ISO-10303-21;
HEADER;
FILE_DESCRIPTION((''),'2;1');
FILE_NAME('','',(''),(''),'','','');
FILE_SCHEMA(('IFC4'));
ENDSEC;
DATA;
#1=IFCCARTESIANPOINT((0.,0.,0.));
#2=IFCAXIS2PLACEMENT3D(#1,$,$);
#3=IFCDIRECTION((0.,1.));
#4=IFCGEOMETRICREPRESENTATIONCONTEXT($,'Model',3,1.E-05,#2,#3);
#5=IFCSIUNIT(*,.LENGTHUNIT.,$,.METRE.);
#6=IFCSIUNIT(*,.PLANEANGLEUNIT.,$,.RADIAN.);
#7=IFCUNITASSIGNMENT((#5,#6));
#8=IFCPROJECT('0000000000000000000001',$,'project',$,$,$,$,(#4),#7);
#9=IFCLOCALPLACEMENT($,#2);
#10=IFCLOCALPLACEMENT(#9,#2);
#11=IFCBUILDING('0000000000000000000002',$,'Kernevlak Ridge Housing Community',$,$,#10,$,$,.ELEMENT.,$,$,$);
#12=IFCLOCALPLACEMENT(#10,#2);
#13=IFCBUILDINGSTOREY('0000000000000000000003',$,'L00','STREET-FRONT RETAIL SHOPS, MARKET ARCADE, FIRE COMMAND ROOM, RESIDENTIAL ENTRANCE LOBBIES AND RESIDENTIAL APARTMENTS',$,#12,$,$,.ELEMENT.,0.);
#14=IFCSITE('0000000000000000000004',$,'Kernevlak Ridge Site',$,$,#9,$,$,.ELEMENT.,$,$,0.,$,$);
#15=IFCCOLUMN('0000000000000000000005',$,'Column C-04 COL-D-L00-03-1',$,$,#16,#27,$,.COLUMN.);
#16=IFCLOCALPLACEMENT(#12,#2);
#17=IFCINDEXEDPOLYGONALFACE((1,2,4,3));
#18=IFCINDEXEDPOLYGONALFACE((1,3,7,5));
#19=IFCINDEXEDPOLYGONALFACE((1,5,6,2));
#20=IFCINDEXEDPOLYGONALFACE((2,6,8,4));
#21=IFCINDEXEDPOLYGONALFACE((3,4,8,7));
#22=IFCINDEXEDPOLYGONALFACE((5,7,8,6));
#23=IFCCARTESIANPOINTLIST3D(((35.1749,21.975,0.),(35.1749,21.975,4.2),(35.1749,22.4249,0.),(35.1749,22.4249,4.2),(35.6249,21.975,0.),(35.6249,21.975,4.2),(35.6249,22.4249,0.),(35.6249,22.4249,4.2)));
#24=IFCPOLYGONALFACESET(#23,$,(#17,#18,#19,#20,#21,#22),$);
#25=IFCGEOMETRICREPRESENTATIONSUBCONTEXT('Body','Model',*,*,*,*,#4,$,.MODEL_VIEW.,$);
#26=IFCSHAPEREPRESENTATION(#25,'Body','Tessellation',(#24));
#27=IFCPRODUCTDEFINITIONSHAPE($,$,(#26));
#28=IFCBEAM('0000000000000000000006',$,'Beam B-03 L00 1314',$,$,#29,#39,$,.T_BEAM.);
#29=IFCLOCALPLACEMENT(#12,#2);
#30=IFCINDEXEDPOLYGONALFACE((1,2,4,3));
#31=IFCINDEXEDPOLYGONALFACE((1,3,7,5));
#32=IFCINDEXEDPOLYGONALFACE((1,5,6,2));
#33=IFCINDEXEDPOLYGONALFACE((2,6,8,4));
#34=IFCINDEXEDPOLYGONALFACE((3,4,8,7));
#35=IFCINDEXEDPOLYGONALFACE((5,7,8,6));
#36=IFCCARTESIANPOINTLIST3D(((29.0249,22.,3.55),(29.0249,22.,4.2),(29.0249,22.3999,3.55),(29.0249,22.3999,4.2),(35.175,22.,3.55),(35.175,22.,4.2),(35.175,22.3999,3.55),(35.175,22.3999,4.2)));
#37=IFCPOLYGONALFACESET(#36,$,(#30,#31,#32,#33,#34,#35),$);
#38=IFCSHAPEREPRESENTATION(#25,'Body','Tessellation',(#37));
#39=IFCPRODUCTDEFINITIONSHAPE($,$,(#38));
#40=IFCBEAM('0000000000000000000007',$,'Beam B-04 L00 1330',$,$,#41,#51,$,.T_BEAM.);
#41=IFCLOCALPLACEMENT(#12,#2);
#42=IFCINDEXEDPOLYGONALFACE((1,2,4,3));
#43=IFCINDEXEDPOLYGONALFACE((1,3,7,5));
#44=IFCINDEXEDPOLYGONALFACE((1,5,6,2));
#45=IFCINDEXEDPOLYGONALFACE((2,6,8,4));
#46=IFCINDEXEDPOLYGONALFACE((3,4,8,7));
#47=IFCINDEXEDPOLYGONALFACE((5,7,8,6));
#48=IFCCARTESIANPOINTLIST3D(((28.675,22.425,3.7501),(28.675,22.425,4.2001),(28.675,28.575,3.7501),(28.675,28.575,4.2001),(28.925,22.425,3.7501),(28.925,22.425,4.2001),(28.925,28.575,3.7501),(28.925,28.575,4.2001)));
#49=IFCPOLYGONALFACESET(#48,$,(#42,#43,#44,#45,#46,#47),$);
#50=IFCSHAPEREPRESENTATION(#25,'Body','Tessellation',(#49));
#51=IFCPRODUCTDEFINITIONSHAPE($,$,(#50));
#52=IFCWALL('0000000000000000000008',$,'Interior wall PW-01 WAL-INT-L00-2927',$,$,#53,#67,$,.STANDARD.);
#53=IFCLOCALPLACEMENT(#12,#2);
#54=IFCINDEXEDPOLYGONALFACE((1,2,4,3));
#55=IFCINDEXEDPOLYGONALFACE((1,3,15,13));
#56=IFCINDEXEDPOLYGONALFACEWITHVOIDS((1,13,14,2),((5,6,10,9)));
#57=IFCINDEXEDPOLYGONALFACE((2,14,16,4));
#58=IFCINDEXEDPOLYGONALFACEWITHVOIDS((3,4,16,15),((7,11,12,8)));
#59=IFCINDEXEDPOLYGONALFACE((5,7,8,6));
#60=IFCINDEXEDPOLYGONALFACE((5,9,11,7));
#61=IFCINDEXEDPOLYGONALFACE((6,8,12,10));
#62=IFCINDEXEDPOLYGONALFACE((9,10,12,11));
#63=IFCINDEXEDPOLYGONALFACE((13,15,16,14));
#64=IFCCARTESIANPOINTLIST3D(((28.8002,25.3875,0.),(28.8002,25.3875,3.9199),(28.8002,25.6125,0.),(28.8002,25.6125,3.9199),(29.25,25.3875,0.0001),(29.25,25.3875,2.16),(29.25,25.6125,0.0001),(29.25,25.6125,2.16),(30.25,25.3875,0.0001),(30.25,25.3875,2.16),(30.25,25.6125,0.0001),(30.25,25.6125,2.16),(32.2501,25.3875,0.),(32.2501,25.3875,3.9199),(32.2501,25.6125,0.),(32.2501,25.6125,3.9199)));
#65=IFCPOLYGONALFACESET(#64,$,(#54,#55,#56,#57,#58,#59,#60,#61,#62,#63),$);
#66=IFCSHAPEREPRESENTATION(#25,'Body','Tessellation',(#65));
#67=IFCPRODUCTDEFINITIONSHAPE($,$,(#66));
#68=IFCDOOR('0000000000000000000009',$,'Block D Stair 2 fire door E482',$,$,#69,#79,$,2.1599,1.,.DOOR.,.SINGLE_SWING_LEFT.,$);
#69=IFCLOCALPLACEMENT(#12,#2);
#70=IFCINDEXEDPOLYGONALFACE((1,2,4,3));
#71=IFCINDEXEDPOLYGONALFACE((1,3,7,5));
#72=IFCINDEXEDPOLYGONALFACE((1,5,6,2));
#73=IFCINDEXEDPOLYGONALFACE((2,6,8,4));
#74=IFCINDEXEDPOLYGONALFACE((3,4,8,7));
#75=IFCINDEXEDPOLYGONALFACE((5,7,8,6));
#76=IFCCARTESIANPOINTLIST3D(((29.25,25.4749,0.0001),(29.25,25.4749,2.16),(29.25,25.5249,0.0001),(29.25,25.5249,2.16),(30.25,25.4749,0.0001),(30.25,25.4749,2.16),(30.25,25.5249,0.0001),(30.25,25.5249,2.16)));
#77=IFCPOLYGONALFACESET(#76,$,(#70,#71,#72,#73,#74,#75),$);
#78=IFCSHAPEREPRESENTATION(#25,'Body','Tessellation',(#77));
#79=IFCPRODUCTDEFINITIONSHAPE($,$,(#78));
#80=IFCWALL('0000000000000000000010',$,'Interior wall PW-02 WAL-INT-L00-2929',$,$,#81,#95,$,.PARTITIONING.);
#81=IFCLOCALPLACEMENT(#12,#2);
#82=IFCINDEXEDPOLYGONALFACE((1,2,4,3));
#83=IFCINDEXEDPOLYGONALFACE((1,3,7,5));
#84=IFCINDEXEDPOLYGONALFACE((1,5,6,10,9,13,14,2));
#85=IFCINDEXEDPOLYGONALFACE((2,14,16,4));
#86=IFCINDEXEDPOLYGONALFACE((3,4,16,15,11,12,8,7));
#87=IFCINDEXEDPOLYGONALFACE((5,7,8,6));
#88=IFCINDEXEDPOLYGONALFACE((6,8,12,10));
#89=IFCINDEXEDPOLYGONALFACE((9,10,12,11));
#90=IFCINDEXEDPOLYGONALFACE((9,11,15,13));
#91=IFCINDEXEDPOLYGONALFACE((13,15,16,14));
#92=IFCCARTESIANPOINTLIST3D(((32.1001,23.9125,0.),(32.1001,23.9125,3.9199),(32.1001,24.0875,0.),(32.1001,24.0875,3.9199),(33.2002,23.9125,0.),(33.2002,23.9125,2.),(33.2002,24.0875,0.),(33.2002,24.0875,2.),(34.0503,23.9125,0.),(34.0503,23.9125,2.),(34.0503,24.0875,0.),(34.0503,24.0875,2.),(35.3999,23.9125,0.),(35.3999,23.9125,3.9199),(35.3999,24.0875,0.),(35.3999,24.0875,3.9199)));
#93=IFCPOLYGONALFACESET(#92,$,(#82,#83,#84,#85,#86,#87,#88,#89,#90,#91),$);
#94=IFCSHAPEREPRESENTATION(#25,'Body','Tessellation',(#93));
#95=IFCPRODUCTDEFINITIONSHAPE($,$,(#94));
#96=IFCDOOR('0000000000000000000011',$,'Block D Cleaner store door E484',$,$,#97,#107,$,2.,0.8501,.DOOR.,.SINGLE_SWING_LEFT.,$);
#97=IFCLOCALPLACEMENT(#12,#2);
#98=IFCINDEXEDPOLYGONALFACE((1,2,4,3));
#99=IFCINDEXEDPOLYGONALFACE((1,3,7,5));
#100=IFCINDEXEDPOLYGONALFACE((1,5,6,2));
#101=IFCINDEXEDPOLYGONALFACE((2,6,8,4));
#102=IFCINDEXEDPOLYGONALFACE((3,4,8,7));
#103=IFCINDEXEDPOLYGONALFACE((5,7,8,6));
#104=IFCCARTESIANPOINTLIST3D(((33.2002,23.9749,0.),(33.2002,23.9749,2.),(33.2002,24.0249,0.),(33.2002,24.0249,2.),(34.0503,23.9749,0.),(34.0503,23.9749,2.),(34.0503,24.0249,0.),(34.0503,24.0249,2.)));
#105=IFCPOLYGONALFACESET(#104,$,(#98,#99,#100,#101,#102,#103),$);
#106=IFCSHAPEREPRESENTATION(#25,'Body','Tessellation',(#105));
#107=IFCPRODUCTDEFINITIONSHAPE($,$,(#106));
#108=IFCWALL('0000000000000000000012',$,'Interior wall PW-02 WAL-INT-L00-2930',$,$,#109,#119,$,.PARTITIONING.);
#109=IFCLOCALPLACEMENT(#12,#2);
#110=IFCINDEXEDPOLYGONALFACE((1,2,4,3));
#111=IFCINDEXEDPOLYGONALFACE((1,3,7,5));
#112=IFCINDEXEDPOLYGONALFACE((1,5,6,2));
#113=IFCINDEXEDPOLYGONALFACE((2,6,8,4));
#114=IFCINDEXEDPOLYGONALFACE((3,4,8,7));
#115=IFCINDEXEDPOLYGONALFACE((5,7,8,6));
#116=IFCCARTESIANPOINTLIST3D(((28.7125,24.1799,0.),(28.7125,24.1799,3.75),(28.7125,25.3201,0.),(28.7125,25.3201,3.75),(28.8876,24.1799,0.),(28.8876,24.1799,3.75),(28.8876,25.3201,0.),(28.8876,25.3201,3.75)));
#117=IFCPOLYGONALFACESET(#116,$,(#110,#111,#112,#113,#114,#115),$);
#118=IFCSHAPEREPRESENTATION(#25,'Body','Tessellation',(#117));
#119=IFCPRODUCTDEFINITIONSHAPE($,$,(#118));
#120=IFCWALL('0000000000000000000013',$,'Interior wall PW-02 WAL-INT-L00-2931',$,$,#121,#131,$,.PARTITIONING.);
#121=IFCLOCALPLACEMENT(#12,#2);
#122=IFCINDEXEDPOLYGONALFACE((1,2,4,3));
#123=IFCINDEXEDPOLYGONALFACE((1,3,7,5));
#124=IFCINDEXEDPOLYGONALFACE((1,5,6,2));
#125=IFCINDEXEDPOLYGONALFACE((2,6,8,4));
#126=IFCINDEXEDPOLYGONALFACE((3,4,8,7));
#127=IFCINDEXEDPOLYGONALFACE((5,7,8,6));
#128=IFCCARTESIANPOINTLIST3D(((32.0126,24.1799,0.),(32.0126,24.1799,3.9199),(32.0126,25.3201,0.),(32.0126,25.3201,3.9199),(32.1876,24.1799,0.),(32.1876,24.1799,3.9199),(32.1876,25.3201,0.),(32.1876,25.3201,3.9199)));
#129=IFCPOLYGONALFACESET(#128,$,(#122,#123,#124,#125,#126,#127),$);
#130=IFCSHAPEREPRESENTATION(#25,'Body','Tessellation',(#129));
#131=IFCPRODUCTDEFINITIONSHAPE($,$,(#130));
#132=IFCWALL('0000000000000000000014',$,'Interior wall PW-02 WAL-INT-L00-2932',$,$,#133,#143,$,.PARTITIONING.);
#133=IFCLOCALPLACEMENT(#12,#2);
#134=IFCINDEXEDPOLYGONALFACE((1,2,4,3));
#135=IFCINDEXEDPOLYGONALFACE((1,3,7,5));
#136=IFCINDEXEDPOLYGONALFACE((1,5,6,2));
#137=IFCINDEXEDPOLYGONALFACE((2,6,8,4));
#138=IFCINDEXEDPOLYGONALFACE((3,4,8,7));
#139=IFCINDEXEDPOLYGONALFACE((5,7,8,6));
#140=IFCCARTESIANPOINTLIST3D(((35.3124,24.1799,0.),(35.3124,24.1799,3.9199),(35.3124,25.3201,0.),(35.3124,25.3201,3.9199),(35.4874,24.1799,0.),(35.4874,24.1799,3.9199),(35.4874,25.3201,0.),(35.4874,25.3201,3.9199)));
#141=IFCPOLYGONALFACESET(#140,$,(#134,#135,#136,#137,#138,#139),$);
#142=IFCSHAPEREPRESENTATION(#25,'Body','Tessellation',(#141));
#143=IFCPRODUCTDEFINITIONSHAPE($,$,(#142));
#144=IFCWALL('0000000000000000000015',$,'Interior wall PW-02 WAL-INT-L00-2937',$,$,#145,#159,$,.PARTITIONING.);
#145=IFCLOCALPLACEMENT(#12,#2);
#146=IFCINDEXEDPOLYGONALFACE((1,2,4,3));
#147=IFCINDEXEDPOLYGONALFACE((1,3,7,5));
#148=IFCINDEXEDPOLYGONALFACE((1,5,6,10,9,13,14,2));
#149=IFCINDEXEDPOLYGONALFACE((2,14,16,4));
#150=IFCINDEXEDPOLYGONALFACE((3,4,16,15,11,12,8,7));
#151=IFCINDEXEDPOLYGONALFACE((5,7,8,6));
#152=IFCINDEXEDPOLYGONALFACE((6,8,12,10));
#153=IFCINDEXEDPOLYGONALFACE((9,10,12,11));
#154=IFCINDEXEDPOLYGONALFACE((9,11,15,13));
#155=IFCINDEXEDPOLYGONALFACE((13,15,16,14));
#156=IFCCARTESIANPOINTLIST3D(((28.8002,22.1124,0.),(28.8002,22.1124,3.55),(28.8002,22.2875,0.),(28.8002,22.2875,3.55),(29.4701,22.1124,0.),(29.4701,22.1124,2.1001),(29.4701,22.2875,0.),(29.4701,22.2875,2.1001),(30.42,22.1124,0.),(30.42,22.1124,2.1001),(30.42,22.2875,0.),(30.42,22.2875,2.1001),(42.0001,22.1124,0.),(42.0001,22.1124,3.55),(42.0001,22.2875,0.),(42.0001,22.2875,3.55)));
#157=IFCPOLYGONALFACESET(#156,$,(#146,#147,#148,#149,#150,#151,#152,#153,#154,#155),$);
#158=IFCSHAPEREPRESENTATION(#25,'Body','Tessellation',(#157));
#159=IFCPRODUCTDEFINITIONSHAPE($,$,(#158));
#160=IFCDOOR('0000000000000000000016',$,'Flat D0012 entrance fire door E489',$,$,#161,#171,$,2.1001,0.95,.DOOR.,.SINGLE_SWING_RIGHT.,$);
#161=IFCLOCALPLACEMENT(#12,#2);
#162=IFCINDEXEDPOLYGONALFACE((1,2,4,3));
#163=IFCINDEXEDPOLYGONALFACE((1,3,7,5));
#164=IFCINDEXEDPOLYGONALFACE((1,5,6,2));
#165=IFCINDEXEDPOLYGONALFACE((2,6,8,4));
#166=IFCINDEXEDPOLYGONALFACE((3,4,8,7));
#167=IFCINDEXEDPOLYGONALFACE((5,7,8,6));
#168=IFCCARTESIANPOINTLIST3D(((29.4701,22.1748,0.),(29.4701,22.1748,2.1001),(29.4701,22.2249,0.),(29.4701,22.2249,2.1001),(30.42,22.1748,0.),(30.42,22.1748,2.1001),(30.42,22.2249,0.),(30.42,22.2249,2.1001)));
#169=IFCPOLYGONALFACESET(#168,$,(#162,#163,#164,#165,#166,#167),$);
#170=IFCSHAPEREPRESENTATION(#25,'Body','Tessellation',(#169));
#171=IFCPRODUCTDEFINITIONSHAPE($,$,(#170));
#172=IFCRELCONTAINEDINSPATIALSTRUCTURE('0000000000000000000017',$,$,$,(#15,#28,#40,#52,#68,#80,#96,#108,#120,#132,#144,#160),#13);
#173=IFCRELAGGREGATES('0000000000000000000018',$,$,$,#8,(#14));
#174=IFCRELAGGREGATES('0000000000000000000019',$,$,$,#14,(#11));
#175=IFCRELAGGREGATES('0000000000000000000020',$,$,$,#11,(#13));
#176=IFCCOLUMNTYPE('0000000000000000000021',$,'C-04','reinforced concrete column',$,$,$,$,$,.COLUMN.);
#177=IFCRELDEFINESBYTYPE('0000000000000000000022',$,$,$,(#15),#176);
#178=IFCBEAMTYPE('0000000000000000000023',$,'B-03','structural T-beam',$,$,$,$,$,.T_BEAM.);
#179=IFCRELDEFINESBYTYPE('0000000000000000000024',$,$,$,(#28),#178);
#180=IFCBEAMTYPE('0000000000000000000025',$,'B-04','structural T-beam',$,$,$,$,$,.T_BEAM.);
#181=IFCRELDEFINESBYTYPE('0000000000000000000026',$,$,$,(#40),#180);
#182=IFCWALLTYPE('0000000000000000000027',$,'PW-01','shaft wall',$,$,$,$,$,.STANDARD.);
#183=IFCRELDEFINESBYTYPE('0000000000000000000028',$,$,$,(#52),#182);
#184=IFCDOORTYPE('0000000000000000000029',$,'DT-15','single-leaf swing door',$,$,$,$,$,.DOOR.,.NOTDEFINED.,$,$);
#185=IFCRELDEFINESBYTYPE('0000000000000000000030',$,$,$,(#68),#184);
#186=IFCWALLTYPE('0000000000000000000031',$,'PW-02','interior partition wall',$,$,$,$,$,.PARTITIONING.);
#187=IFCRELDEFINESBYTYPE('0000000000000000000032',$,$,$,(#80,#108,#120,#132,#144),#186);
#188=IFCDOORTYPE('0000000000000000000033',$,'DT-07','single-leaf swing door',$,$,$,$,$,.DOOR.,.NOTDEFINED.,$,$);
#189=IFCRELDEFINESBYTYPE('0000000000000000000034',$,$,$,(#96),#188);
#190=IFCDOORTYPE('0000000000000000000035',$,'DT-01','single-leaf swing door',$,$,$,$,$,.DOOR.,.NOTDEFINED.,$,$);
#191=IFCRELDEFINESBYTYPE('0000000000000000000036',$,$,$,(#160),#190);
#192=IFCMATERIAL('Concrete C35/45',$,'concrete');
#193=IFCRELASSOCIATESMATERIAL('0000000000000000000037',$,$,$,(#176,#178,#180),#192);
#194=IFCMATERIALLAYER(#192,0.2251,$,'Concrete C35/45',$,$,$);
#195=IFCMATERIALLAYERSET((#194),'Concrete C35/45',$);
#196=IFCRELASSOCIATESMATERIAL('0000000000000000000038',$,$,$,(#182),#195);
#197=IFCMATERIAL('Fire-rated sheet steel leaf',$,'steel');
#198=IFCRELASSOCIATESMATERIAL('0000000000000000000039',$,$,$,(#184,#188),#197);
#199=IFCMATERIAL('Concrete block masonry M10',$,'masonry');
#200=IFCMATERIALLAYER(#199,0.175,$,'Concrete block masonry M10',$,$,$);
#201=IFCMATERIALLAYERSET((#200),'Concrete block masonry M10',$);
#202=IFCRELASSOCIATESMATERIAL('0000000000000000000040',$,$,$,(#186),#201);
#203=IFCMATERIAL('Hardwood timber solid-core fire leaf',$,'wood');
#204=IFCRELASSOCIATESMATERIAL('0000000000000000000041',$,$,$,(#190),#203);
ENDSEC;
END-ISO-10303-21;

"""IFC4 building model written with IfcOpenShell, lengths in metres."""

from ifc_helpers import new_model, si_unit, direction, frame, frame_2d, origin, origin_2d, place, context, subcontext, project, spatial, rectangle, extrude, material, layer, layer_set, material_profile, profile_set, type_object, element, fill, save


model = new_model("IFC4")

# Units and contexts
model_context = context("Model", 3, precision=1e-05, world=origin(), true_north=direction((0.0, 1.0)))
body_context = subcontext(model_context, "Body", "Model", "MODEL_VIEW")
ifc_project = project(units=[si_unit("LENGTHUNIT", "METRE"), si_unit("PLANEANGLEUNIT", "RADIAN")], contexts=[model_context])

# Site, building, storey
site_placement = place(None, origin())
site = spatial("IfcSite", under=ifc_project, at=site_placement, Name="Kernevlak Ridge Site", CompositionType="ELEMENT", RefElevation=0.0)
building_placement = place(site_placement, origin())
building = spatial("IfcBuilding", under=site, at=building_placement, Name="Kernevlak Ridge Housing Community", CompositionType="ELEMENT")
storey_placement = place(building_placement, origin())
storey = spatial("IfcBuildingStorey", under=building, at=storey_placement, Name="L00", Description="STREET-FRONT RETAIL SHOPS, MARKET ARCADE, FIRE COMMAND ROOM, RESIDENTIAL ENTRANCE LOBBIES AND RESIDENTIAL APARTMENTS", CompositionType="ELEMENT", Elevation=0.0)

# Column
ifc_material_1 = material(Name="Concrete C35/45", Category="concrete")
ifc_material_profile_1 = material_profile(ifc_material_1, rectangle(XDim=0.45, YDim=0.45, at=origin_2d()), Name="RC 450x450")
ifc_profile_set_1 = profile_set([ifc_material_profile_1], Name="Concrete C35/45")
column_type = type_object("IfcColumnType", Name="C-04", Description="reinforced concrete column", PredefinedType="COLUMN", material=ifc_profile_set_1)
column_placement = place(storey_placement, frame((35.3999, 22.2, 0.0), z_axis=(0.0, 0.0, 1.0), x_axis=(1.0, 0.0, 0.0)))
element("IfcColumn", 1, at=column_placement, inside=storey, type_object=column_type, Name="Column C-04 COL-D-L00-03-1", PredefinedType="COLUMN", context=body_context, shape_type="SweptSolid", body=[
    extrude(rectangle(XDim=0.45, YDim=0.45, at=origin_2d()), origin(), (0.0, 0.0, 1.0), 4.2),
])

# Beams
ifc_material_profile_2 = material_profile(ifc_material_1, rectangle(XDim=0.3999, YDim=0.6499, at=origin_2d()), Name="RC 400x650")
ifc_profile_set_2 = profile_set([ifc_material_profile_2], Name="Concrete C35/45")
beam_type_1 = type_object("IfcBeamType", Name="B-03", Description="structural T-beam", PredefinedType="T_BEAM", material=ifc_profile_set_2)
beam_1_placement = place(storey_placement, frame((29.0249, 22.2, 3.875), z_axis=(1.0, 0.0, 0.0), x_axis=(0.0, 1.0, 0.0)))
element("IfcBeam", 2, at=beam_1_placement, inside=storey, type_object=beam_type_1, Name="Beam B-03 L00 1314", PredefinedType="T_BEAM", context=body_context, shape_type="SweptSolid", body=[
    extrude(rectangle(XDim=0.3999, YDim=0.6499, at=origin_2d()), origin(), (0.0, 0.0, 1.0), 6.1501),
])
ifc_material_profile_3 = material_profile(ifc_material_1, rectangle(XDim=0.25, YDim=0.45, at=origin_2d()), Name="RC 250x450")
ifc_profile_set_3 = profile_set([ifc_material_profile_3], Name="Concrete C35/45")
beam_type_2 = type_object("IfcBeamType", Name="B-04", Description="structural T-beam", PredefinedType="T_BEAM", material=ifc_profile_set_3)
beam_2_placement = place(storey_placement, frame((28.8, 22.425, 3.9751), z_axis=(0.0, 1.0, 0.0), x_axis=(-1.0, 0.0, 0.0)))
element("IfcBeam", 3, at=beam_2_placement, inside=storey, type_object=beam_type_2, Name="Beam B-04 L00 1330", PredefinedType="T_BEAM", context=body_context, shape_type="SweptSolid", body=[
    extrude(rectangle(XDim=0.25, YDim=0.45, at=origin_2d()), origin(), (0.0, 0.0, 1.0), 6.1499),
])

# Walls, openings, doors
ifc_layer_1 = layer(ifc_material_1, 0.2251, Name="Concrete C35/45")
ifc_layer_set_1 = layer_set([ifc_layer_1], Name="Concrete C35/45")
wall_type_1 = type_object("IfcWallType", Name="PW-01", Description="shaft wall", PredefinedType="STANDARD", material=ifc_layer_set_1)
wall_1_placement = place(storey_placement, frame((28.8, 25.5, 0.0), z_axis=(0.0, 0.0, 1.0), x_axis=(1.0, 0.0, 0.0)))
wall_1 = element("IfcWall", 4, at=wall_1_placement, inside=storey, type_object=wall_type_1, Name="Interior wall PW-01 WAL-INT-L00-2927", PredefinedType="STANDARD", context=body_context, shape_type="SweptSolid", body=[
    extrude(rectangle(XDim=3.45, YDim=0.2251, at=frame_2d((1.7251, 0.0))), origin(), (0.0, 0.0, 1.0), 3.9199),
])
opening_1_placement = place(wall_1_placement, frame((0.45, 0.0, 0.0)))
opening_1 = element("IfcOpeningElement", 5, at=opening_1_placement, cuts=wall_1, PredefinedType="OPENING", context=body_context, shape_type="SweptSolid", body=[
    extrude(rectangle(XDim=1.0, YDim=2.1599, at=frame_2d((0.5, 1.0801))), frame((0.0, 0.1226, 0.0), z_axis=(0.0, -1.0, 0.0), x_axis=(1.0, 0.0, 0.0)), (0.0, 0.0, 1.0), 0.2451),
])
ifc_material_2 = material(Name="Fire-rated sheet steel leaf", Category="steel")
door_type_1 = type_object("IfcDoorType", Name="DT-15", Description="single-leaf swing door", OperationType="NOTDEFINED", PredefinedType="DOOR", material=ifc_material_2)
door_1_placement = place(opening_1_placement, origin())
door_1 = element("IfcDoor", 6, at=door_1_placement, inside=storey, type_object=door_type_1, Name="Block D Stair 2 fire door E482", OperationType="SINGLE_SWING_LEFT", OverallHeight=2.1599, OverallWidth=1.0, PredefinedType="DOOR", context=body_context, shape_type="SweptSolid", body=[
    extrude(rectangle(XDim=1.0, YDim=2.1599, at=frame_2d((0.5, 1.0801))), frame((0.0, 0.0249, 0.0), z_axis=(0.0, -1.0, 0.0), x_axis=(1.0, 0.0, 0.0)), (0.0, 0.0, 1.0), 0.05),
])
fill(opening_1, door_1)
ifc_material_3 = material(Name="Concrete block masonry M10", Category="masonry")
ifc_layer_2 = layer(ifc_material_3, 0.175, Name="Concrete block masonry M10")
ifc_layer_set_2 = layer_set([ifc_layer_2], Name="Concrete block masonry M10")
wall_type_2 = type_object("IfcWallType", Name="PW-02", Description="interior partition wall", PredefinedType="PARTITIONING", material=ifc_layer_set_2)
wall_2_placement = place(storey_placement, frame((32.1001, 24.0, 0.0), z_axis=(0.0, 0.0, 1.0), x_axis=(1.0, 0.0, 0.0)))
wall_2 = element("IfcWall", 7, at=wall_2_placement, inside=storey, type_object=wall_type_2, Name="Interior wall PW-02 WAL-INT-L00-2929", PredefinedType="PARTITIONING", context=body_context, shape_type="SweptSolid", body=[
    extrude(rectangle(XDim=3.2998, YDim=0.175, at=frame_2d((1.6499, 0.0))), origin(), (0.0, 0.0, 1.0), 3.9199),
])
opening_2_placement = place(wall_2_placement, frame((1.1001, 0.0, 0.0)))
opening_2 = element("IfcOpeningElement", 8, at=opening_2_placement, cuts=wall_2, PredefinedType="OPENING", context=body_context, shape_type="SweptSolid", body=[
    extrude(rectangle(XDim=0.8501, YDim=2.0, at=frame_2d((0.425, 1.0))), frame((0.0, 0.0974, 0.0), z_axis=(0.0, -1.0, 0.0), x_axis=(1.0, 0.0, 0.0)), (0.0, 0.0, 1.0), 0.1951),
])
door_type_2 = type_object("IfcDoorType", Name="DT-07", Description="single-leaf swing door", OperationType="NOTDEFINED", PredefinedType="DOOR", material=ifc_material_2)
door_2_placement = place(opening_2_placement, origin())
door_2 = element("IfcDoor", 9, at=door_2_placement, inside=storey, type_object=door_type_2, Name="Block D Cleaner store door E484", OperationType="SINGLE_SWING_LEFT", OverallHeight=2.0, OverallWidth=0.8501, PredefinedType="DOOR", context=body_context, shape_type="SweptSolid", body=[
    extrude(rectangle(XDim=0.8501, YDim=2.0, at=frame_2d((0.425, 1.0))), frame((0.0, 0.0249, 0.0), z_axis=(0.0, -1.0, 0.0), x_axis=(1.0, 0.0, 0.0)), (0.0, 0.0, 1.0), 0.05),
])
fill(opening_2, door_2)

# Walls
wall_3_placement = place(storey_placement, frame((28.8, 24.1799, 0.0), z_axis=(0.0, 0.0, 1.0), x_axis=(0.0, 1.0, 0.0)))
element("IfcWall", 10, at=wall_3_placement, inside=storey, type_object=wall_type_2, Name="Interior wall PW-02 WAL-INT-L00-2930", PredefinedType="PARTITIONING", context=body_context, shape_type="SweptSolid", body=[
    extrude(rectangle(XDim=1.1401, YDim=0.175, at=frame_2d((0.5701, 0.0))), origin(), (0.0, 0.0, 1.0), 3.75),
])
for number, where, z_axis, x_axis, name in (
    (11, (32.1001, 24.1799, 0.0), (0.0, 0.0, 1.0), (0.0, 1.0, 0.0), "Interior wall PW-02 WAL-INT-L00-2931"),
    (12, (35.3999, 24.1799, 0.0), (0.0, 0.0, 1.0), (0.0, 1.0, 0.0), "Interior wall PW-02 WAL-INT-L00-2932"),
):
    element("IfcWall", number, at=place(storey_placement, frame(where, z_axis=z_axis, x_axis=x_axis)), inside=storey, type_object=wall_type_2, Name=name, PredefinedType="PARTITIONING", context=body_context, shape_type="SweptSolid", body=[
        extrude(rectangle(XDim=1.1401, YDim=0.175, at=frame_2d((0.5701, 0.0))), origin(), (0.0, 0.0, 1.0), 3.9199),
    ])

# Wall, opening, door
wall_4_placement = place(storey_placement, frame((28.8, 22.2, 0.0), z_axis=(0.0, 0.0, 1.0), x_axis=(1.0, 0.0, 0.0)))
wall_4 = element("IfcWall", 13, at=wall_4_placement, inside=storey, type_object=wall_type_2, Name="Interior wall PW-02 WAL-INT-L00-2937", PredefinedType="PARTITIONING", context=body_context, shape_type="SweptSolid", body=[
    extrude(rectangle(XDim=13.2, YDim=0.175, at=frame_2d((6.6001, 0.0))), origin(), (0.0, 0.0, 1.0), 3.55),
])
opening_3_placement = place(wall_4_placement, frame((0.6699, 0.0, 0.0)))
opening_3 = element("IfcOpeningElement", 14, at=opening_3_placement, cuts=wall_4, PredefinedType="OPENING", context=body_context, shape_type="SweptSolid", body=[
    extrude(rectangle(XDim=0.95, YDim=2.1001, at=frame_2d((0.4751, 1.05))), frame((0.0, 0.0974, 0.0), z_axis=(0.0, -1.0, 0.0), x_axis=(1.0, 0.0, 0.0)), (0.0, 0.0, 1.0), 0.1951),
])
ifc_material_4 = material(Name="Hardwood timber solid-core fire leaf", Category="wood")
door_type_3 = type_object("IfcDoorType", Name="DT-01", Description="single-leaf swing door", OperationType="NOTDEFINED", PredefinedType="DOOR", material=ifc_material_4)
door_3_placement = place(opening_3_placement, origin())
door_3 = element("IfcDoor", 15, at=door_3_placement, inside=storey, type_object=door_type_3, Name="Flat D0012 entrance fire door E489", OperationType="SINGLE_SWING_RIGHT", OverallHeight=2.1001, OverallWidth=0.95, PredefinedType="DOOR", context=body_context, shape_type="SweptSolid", body=[
    extrude(rectangle(XDim=0.95, YDim=2.1001, at=frame_2d((0.4751, 1.05))), frame((0.0, 0.0249, 0.0), z_axis=(0.0, -1.0, 0.0), x_axis=(1.0, 0.0, 0.0)), (0.0, 0.0, 1.0), 0.05),
])
fill(opening_3, door_3)

save(model, "model.ifc")
